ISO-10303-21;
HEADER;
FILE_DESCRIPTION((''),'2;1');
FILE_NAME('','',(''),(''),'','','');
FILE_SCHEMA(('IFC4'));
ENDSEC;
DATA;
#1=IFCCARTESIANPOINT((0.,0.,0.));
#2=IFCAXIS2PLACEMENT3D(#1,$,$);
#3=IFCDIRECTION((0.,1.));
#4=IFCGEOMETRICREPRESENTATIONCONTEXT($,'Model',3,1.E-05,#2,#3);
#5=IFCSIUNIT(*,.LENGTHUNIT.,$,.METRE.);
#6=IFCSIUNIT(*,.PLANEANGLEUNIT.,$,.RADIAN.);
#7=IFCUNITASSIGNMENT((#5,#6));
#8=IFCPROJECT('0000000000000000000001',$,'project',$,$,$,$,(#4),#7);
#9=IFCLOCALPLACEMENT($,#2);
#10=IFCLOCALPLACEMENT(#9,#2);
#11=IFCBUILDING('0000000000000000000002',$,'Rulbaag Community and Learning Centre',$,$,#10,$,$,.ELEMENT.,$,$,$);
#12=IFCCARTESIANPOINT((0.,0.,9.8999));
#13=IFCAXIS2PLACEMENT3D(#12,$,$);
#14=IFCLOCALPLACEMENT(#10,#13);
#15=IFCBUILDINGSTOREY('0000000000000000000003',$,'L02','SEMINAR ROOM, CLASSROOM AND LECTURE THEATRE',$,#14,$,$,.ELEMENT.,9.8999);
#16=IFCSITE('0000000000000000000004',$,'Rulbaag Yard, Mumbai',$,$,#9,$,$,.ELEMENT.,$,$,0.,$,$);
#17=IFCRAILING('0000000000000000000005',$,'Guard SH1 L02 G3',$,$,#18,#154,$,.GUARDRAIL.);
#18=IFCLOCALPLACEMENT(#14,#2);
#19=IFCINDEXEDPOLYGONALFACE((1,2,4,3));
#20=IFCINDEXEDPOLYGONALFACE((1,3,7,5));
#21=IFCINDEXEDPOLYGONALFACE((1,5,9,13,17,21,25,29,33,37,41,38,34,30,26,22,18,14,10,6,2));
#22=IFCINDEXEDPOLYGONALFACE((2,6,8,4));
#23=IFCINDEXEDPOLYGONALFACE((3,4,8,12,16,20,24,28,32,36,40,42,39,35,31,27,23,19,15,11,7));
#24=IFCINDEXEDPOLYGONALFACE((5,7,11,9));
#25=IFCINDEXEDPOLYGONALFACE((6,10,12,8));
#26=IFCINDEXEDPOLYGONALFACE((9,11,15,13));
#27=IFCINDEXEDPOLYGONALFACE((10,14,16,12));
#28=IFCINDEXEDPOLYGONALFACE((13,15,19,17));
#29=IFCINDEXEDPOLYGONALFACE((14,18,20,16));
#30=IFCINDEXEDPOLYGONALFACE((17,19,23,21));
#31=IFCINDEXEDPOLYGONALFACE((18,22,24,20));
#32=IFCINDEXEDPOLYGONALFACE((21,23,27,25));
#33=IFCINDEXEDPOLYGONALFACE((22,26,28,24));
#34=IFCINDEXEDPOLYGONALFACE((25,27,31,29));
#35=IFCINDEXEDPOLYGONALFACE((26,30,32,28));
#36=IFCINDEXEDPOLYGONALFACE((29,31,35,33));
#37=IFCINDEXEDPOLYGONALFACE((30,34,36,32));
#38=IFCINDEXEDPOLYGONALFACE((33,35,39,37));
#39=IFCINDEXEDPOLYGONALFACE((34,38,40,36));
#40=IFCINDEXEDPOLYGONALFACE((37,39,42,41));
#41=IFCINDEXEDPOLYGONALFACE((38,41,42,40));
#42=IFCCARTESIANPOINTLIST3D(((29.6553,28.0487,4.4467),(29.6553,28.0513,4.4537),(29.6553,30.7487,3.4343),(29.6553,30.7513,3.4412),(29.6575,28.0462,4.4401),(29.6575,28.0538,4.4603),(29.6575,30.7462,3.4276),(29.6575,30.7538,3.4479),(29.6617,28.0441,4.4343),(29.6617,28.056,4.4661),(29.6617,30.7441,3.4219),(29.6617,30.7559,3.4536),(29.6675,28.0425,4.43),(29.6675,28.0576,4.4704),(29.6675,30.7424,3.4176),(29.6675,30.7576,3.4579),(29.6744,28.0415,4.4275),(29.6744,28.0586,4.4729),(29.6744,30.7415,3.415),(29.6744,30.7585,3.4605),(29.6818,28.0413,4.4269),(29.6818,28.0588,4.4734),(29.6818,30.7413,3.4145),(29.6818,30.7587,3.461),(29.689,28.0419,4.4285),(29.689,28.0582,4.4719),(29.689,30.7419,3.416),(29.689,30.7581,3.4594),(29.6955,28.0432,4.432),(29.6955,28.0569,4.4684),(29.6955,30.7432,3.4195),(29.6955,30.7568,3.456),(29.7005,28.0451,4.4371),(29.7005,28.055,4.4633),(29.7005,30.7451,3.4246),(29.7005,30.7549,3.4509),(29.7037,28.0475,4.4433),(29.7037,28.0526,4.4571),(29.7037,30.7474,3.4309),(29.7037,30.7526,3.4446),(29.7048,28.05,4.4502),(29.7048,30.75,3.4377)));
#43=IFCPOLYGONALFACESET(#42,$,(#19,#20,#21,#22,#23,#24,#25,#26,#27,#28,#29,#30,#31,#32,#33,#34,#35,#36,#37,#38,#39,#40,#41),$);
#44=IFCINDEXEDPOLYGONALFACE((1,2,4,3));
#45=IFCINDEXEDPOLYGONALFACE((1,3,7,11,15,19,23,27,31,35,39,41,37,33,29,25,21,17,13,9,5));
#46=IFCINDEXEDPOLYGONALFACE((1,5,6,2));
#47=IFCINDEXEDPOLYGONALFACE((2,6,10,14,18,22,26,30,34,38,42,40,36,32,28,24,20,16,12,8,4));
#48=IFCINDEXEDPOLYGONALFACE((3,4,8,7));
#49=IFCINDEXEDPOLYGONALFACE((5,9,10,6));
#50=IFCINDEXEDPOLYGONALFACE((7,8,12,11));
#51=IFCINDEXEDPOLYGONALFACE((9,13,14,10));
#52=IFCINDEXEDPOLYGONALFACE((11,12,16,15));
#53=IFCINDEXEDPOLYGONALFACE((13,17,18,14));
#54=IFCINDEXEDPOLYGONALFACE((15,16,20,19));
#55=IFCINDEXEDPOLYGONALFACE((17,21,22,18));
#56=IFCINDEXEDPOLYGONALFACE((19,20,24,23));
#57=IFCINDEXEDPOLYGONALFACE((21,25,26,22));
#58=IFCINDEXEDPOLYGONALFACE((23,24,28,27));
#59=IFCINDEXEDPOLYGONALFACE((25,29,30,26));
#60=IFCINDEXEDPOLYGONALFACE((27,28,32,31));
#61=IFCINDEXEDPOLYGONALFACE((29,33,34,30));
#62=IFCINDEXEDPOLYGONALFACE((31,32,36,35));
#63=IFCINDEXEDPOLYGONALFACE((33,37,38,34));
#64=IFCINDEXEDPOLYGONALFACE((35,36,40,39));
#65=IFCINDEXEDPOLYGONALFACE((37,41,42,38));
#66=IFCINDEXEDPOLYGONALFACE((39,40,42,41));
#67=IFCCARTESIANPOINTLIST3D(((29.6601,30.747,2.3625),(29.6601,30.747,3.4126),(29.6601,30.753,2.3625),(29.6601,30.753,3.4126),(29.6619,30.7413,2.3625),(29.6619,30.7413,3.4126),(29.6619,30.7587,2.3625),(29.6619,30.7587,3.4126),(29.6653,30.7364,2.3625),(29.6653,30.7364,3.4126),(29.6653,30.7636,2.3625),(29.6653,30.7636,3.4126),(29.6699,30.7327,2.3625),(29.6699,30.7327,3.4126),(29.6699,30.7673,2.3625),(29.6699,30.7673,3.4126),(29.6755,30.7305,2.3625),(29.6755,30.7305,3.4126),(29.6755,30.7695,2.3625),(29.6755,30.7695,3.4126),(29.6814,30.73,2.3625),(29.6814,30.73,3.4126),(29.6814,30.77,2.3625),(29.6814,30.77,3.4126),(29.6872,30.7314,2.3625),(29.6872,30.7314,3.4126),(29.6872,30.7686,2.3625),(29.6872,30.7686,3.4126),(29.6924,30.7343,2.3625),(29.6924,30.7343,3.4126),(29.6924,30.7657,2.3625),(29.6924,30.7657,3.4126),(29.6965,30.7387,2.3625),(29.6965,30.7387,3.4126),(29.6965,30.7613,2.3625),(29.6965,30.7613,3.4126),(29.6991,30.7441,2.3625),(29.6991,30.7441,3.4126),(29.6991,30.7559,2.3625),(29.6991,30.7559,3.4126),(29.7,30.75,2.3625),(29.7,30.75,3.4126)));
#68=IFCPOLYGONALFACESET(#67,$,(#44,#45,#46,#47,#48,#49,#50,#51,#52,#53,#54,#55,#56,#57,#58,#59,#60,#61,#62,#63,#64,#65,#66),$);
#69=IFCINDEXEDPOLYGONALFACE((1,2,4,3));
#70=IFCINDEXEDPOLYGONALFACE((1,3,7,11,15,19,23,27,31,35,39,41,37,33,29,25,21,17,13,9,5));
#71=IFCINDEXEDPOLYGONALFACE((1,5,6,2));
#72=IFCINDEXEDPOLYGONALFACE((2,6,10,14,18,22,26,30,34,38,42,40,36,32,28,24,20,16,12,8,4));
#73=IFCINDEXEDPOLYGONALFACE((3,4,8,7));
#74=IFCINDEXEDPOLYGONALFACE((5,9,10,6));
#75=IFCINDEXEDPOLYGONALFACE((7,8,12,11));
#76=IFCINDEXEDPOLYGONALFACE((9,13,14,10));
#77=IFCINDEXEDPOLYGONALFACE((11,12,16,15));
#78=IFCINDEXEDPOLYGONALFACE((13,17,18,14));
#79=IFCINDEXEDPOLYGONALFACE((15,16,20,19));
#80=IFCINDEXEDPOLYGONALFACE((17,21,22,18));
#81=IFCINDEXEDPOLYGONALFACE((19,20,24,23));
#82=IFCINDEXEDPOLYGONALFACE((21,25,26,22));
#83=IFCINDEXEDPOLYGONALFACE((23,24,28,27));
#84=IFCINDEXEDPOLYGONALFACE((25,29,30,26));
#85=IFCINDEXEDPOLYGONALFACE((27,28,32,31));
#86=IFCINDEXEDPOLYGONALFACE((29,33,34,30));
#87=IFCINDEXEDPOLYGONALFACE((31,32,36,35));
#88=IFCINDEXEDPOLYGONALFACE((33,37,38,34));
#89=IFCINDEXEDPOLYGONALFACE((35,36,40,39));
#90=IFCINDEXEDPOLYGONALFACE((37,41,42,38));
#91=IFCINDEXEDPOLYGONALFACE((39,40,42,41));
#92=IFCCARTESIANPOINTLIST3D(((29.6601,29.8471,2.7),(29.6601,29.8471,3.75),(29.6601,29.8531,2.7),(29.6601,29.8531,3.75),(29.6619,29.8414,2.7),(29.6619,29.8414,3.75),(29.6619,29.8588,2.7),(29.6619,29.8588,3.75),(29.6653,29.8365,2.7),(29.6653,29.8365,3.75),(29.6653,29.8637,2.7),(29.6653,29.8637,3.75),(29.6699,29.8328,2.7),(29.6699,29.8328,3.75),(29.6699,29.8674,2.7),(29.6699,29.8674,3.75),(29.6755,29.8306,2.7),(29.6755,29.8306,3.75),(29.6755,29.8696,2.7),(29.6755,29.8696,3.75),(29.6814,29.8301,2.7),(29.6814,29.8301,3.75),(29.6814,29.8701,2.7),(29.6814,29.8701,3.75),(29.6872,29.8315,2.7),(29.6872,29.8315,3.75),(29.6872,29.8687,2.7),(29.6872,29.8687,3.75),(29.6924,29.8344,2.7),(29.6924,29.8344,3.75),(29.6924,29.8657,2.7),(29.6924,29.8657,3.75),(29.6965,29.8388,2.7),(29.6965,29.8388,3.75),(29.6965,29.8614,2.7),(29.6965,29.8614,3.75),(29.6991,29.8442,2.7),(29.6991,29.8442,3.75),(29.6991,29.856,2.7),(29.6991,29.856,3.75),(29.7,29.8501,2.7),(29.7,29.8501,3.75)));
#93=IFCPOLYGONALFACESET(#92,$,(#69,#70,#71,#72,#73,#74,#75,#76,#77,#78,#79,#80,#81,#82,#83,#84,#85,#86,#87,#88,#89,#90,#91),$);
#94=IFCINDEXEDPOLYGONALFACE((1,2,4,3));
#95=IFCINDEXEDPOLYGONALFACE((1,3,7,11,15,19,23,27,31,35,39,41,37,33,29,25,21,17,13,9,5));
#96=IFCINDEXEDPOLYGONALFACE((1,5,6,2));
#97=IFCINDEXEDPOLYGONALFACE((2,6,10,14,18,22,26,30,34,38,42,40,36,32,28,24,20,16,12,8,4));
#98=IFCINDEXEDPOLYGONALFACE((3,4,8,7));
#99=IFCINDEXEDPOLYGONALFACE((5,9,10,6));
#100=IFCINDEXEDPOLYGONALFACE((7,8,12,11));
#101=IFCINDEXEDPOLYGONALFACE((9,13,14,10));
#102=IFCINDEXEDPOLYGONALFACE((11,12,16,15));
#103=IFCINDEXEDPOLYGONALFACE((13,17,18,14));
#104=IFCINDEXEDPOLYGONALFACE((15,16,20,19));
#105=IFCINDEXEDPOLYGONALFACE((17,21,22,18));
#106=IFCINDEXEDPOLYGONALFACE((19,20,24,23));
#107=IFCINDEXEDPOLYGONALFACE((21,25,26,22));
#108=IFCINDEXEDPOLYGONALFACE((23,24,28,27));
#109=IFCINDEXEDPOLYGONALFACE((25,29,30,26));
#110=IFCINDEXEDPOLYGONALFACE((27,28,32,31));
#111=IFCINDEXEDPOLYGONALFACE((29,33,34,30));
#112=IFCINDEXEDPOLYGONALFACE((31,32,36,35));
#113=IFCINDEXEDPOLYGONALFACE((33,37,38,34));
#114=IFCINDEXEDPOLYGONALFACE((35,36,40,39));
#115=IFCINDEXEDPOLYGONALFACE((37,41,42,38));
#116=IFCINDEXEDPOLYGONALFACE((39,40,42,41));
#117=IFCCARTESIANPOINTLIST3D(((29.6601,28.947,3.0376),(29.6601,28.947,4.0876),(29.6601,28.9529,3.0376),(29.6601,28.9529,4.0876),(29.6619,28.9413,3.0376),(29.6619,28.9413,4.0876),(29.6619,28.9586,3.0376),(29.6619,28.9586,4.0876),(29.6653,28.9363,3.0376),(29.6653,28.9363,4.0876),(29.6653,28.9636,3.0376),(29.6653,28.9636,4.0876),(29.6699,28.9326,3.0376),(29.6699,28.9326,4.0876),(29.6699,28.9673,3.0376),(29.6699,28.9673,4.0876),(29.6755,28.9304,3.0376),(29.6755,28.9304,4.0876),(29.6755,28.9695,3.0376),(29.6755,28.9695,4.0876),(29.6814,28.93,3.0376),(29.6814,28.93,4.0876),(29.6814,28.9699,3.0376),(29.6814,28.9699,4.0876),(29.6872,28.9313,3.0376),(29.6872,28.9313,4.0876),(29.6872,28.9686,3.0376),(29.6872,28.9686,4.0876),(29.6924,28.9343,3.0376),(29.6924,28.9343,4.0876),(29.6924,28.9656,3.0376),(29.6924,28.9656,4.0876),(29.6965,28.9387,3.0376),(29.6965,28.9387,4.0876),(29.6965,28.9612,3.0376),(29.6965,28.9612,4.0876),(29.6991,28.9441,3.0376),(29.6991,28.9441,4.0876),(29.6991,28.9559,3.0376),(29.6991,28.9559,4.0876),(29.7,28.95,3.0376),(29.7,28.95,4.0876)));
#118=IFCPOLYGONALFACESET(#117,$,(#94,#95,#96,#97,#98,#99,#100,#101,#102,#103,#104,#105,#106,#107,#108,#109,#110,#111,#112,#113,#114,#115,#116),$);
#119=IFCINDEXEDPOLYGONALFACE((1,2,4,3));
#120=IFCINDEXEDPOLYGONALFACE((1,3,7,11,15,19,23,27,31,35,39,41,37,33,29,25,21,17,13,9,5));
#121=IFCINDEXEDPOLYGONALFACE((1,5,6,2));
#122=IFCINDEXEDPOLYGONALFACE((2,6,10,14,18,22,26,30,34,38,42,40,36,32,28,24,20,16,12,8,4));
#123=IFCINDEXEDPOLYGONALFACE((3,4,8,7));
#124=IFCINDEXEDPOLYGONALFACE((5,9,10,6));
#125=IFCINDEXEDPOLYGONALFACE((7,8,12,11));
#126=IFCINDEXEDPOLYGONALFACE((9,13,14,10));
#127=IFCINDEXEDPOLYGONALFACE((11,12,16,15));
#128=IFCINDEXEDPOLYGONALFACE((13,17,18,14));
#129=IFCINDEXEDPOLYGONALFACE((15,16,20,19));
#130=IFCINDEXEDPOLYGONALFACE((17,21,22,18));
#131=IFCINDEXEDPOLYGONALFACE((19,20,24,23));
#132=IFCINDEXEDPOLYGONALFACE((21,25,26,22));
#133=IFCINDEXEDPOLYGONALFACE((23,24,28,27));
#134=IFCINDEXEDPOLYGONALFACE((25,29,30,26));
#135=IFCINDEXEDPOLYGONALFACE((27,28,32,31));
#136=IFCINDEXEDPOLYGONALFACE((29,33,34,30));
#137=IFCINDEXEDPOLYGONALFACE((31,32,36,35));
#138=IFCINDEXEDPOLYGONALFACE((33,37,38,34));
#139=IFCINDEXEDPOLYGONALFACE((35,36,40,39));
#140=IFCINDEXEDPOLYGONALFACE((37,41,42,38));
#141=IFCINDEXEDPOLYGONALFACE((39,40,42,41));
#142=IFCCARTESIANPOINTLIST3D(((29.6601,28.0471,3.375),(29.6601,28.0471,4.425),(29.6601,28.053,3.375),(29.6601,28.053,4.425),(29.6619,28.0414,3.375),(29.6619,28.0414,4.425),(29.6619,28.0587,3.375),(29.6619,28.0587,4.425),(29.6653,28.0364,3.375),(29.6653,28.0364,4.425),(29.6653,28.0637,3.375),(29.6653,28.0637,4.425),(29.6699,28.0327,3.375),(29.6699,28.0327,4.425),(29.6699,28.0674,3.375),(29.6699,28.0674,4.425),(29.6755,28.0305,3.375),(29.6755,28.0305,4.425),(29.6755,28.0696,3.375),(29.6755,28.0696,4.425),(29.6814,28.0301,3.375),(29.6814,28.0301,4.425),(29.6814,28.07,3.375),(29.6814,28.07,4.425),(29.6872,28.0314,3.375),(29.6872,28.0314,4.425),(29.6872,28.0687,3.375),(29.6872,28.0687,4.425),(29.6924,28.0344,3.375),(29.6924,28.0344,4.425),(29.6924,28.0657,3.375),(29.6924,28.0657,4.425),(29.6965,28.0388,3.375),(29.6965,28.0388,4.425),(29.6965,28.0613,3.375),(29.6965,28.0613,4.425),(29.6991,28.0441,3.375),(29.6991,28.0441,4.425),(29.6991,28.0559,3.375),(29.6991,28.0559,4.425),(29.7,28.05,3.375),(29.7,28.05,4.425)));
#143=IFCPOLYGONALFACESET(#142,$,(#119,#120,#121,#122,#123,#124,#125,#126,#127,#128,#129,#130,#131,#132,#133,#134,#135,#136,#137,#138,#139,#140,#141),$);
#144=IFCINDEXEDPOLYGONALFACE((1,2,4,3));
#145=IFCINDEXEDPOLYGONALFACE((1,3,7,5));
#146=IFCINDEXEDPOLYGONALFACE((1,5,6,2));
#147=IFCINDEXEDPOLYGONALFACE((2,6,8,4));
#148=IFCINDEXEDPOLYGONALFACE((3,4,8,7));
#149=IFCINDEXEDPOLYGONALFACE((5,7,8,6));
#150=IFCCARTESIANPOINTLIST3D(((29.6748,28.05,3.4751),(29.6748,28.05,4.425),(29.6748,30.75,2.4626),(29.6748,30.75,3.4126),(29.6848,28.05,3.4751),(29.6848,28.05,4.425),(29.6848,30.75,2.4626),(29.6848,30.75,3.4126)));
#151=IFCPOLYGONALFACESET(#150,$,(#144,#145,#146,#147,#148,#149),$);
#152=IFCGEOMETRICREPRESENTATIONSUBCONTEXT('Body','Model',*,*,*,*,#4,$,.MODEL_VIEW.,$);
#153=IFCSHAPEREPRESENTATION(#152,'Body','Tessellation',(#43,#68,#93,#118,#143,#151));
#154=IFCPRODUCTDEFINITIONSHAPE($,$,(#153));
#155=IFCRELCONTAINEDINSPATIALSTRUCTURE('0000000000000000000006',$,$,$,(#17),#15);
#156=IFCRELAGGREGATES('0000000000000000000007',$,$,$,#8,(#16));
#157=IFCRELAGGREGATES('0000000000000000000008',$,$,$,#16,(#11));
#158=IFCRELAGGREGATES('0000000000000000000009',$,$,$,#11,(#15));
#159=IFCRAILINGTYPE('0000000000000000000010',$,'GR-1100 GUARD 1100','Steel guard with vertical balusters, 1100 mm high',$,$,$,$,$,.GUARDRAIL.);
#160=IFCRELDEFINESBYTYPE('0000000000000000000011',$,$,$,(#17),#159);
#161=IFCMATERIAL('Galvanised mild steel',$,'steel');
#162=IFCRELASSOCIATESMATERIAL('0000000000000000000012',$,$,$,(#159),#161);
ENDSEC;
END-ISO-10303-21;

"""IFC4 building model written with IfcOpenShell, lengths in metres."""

from ifc_helpers import new_model, si_unit, direction, frame, origin, origin_2d, place, context, subcontext, project, spatial, polyline, circle, outline, extrude, material, type_object, element, save


model = new_model("IFC4")

# Units and contexts
model_context = context("Model", 3, precision=1e-05, world=origin(), true_north=direction((0.0, 1.0)))
body_context = subcontext(model_context, "Body", "Model", "MODEL_VIEW")
ifc_project = project(units=[si_unit("LENGTHUNIT", "METRE"), si_unit("PLANEANGLEUNIT", "RADIAN")], contexts=[model_context])

# Site, building, storey
site_placement = place(None, origin())
site = spatial("IfcSite", under=ifc_project, at=site_placement, Name="Rulbaag Yard, Mumbai", CompositionType="ELEMENT", RefElevation=0.0)
building_placement = place(site_placement, origin())
building = spatial("IfcBuilding", under=site, at=building_placement, Name="Rulbaag Community and Learning Centre", CompositionType="ELEMENT")
storey_placement = place(building_placement, frame((0.0, 0.0, 9.8999)))
storey = spatial("IfcBuildingStorey", under=building, at=storey_placement, Name="L02", Description="SEMINAR ROOM, CLASSROOM AND LECTURE THEATRE", CompositionType="ELEMENT", Elevation=9.8999)

# Railing
ifc_material_1 = material(Name="Galvanised mild steel", Category="steel")
railing_type_1 = type_object("IfcRailingType", Name="GR-1100 GUARD 1100", Description="Steel guard with vertical balusters, 1100 mm high", PredefinedType="GUARDRAIL", material=ifc_material_1)
railing_1_placement = place(storey_placement, frame((29.6799, 30.75, 2.3625)))
element("IfcRailing", 1, at=railing_1_placement, inside=storey, type_object=railing_type_1, Name="Guard SH1 L02 G3", PredefinedType="GUARDRAIL", context=body_context, shape_type="SweptSolid", body=[
    extrude(circle(Radius=0.0249, at=origin_2d()), frame((0.0, 0.0, 1.0752), z_axis=(0.0, -0.936333, 0.351114), x_axis=(1.0, 0.0, 0.0)), (0.0, 0.0, 1.0), 2.8835),
    extrude(circle(Radius=0.02, at=origin_2d()), origin(), (0.0, 0.0, 1.0), 1.05),
    extrude(circle(Radius=0.02, at=origin_2d()), frame((0.0, -0.8999, 0.3374)), (0.0, 0.0, 1.0), 1.05),
    extrude(circle(Radius=0.02, at=origin_2d()), frame((0.0, -1.8, 0.675)), (0.0, 0.0, 1.0), 1.05),
    extrude(circle(Radius=0.02, at=origin_2d()), frame((0.0, -2.7, 1.0125)), (0.0, 0.0, 1.0), 1.05),
    extrude(outline(polyline([(0.0, 0.0), (2.7, 1.0125), (2.7, 1.9624), (0.0, 0.95), (0.0, 0.0)])), frame((0.0049, 0.0, 0.1001), z_axis=(-1.0, 0.0, 0.0), x_axis=(0.0, -1.0, 0.0)), (0.0, 0.0, 1.0), 0.01),
])

save(model, "model.ifc")
